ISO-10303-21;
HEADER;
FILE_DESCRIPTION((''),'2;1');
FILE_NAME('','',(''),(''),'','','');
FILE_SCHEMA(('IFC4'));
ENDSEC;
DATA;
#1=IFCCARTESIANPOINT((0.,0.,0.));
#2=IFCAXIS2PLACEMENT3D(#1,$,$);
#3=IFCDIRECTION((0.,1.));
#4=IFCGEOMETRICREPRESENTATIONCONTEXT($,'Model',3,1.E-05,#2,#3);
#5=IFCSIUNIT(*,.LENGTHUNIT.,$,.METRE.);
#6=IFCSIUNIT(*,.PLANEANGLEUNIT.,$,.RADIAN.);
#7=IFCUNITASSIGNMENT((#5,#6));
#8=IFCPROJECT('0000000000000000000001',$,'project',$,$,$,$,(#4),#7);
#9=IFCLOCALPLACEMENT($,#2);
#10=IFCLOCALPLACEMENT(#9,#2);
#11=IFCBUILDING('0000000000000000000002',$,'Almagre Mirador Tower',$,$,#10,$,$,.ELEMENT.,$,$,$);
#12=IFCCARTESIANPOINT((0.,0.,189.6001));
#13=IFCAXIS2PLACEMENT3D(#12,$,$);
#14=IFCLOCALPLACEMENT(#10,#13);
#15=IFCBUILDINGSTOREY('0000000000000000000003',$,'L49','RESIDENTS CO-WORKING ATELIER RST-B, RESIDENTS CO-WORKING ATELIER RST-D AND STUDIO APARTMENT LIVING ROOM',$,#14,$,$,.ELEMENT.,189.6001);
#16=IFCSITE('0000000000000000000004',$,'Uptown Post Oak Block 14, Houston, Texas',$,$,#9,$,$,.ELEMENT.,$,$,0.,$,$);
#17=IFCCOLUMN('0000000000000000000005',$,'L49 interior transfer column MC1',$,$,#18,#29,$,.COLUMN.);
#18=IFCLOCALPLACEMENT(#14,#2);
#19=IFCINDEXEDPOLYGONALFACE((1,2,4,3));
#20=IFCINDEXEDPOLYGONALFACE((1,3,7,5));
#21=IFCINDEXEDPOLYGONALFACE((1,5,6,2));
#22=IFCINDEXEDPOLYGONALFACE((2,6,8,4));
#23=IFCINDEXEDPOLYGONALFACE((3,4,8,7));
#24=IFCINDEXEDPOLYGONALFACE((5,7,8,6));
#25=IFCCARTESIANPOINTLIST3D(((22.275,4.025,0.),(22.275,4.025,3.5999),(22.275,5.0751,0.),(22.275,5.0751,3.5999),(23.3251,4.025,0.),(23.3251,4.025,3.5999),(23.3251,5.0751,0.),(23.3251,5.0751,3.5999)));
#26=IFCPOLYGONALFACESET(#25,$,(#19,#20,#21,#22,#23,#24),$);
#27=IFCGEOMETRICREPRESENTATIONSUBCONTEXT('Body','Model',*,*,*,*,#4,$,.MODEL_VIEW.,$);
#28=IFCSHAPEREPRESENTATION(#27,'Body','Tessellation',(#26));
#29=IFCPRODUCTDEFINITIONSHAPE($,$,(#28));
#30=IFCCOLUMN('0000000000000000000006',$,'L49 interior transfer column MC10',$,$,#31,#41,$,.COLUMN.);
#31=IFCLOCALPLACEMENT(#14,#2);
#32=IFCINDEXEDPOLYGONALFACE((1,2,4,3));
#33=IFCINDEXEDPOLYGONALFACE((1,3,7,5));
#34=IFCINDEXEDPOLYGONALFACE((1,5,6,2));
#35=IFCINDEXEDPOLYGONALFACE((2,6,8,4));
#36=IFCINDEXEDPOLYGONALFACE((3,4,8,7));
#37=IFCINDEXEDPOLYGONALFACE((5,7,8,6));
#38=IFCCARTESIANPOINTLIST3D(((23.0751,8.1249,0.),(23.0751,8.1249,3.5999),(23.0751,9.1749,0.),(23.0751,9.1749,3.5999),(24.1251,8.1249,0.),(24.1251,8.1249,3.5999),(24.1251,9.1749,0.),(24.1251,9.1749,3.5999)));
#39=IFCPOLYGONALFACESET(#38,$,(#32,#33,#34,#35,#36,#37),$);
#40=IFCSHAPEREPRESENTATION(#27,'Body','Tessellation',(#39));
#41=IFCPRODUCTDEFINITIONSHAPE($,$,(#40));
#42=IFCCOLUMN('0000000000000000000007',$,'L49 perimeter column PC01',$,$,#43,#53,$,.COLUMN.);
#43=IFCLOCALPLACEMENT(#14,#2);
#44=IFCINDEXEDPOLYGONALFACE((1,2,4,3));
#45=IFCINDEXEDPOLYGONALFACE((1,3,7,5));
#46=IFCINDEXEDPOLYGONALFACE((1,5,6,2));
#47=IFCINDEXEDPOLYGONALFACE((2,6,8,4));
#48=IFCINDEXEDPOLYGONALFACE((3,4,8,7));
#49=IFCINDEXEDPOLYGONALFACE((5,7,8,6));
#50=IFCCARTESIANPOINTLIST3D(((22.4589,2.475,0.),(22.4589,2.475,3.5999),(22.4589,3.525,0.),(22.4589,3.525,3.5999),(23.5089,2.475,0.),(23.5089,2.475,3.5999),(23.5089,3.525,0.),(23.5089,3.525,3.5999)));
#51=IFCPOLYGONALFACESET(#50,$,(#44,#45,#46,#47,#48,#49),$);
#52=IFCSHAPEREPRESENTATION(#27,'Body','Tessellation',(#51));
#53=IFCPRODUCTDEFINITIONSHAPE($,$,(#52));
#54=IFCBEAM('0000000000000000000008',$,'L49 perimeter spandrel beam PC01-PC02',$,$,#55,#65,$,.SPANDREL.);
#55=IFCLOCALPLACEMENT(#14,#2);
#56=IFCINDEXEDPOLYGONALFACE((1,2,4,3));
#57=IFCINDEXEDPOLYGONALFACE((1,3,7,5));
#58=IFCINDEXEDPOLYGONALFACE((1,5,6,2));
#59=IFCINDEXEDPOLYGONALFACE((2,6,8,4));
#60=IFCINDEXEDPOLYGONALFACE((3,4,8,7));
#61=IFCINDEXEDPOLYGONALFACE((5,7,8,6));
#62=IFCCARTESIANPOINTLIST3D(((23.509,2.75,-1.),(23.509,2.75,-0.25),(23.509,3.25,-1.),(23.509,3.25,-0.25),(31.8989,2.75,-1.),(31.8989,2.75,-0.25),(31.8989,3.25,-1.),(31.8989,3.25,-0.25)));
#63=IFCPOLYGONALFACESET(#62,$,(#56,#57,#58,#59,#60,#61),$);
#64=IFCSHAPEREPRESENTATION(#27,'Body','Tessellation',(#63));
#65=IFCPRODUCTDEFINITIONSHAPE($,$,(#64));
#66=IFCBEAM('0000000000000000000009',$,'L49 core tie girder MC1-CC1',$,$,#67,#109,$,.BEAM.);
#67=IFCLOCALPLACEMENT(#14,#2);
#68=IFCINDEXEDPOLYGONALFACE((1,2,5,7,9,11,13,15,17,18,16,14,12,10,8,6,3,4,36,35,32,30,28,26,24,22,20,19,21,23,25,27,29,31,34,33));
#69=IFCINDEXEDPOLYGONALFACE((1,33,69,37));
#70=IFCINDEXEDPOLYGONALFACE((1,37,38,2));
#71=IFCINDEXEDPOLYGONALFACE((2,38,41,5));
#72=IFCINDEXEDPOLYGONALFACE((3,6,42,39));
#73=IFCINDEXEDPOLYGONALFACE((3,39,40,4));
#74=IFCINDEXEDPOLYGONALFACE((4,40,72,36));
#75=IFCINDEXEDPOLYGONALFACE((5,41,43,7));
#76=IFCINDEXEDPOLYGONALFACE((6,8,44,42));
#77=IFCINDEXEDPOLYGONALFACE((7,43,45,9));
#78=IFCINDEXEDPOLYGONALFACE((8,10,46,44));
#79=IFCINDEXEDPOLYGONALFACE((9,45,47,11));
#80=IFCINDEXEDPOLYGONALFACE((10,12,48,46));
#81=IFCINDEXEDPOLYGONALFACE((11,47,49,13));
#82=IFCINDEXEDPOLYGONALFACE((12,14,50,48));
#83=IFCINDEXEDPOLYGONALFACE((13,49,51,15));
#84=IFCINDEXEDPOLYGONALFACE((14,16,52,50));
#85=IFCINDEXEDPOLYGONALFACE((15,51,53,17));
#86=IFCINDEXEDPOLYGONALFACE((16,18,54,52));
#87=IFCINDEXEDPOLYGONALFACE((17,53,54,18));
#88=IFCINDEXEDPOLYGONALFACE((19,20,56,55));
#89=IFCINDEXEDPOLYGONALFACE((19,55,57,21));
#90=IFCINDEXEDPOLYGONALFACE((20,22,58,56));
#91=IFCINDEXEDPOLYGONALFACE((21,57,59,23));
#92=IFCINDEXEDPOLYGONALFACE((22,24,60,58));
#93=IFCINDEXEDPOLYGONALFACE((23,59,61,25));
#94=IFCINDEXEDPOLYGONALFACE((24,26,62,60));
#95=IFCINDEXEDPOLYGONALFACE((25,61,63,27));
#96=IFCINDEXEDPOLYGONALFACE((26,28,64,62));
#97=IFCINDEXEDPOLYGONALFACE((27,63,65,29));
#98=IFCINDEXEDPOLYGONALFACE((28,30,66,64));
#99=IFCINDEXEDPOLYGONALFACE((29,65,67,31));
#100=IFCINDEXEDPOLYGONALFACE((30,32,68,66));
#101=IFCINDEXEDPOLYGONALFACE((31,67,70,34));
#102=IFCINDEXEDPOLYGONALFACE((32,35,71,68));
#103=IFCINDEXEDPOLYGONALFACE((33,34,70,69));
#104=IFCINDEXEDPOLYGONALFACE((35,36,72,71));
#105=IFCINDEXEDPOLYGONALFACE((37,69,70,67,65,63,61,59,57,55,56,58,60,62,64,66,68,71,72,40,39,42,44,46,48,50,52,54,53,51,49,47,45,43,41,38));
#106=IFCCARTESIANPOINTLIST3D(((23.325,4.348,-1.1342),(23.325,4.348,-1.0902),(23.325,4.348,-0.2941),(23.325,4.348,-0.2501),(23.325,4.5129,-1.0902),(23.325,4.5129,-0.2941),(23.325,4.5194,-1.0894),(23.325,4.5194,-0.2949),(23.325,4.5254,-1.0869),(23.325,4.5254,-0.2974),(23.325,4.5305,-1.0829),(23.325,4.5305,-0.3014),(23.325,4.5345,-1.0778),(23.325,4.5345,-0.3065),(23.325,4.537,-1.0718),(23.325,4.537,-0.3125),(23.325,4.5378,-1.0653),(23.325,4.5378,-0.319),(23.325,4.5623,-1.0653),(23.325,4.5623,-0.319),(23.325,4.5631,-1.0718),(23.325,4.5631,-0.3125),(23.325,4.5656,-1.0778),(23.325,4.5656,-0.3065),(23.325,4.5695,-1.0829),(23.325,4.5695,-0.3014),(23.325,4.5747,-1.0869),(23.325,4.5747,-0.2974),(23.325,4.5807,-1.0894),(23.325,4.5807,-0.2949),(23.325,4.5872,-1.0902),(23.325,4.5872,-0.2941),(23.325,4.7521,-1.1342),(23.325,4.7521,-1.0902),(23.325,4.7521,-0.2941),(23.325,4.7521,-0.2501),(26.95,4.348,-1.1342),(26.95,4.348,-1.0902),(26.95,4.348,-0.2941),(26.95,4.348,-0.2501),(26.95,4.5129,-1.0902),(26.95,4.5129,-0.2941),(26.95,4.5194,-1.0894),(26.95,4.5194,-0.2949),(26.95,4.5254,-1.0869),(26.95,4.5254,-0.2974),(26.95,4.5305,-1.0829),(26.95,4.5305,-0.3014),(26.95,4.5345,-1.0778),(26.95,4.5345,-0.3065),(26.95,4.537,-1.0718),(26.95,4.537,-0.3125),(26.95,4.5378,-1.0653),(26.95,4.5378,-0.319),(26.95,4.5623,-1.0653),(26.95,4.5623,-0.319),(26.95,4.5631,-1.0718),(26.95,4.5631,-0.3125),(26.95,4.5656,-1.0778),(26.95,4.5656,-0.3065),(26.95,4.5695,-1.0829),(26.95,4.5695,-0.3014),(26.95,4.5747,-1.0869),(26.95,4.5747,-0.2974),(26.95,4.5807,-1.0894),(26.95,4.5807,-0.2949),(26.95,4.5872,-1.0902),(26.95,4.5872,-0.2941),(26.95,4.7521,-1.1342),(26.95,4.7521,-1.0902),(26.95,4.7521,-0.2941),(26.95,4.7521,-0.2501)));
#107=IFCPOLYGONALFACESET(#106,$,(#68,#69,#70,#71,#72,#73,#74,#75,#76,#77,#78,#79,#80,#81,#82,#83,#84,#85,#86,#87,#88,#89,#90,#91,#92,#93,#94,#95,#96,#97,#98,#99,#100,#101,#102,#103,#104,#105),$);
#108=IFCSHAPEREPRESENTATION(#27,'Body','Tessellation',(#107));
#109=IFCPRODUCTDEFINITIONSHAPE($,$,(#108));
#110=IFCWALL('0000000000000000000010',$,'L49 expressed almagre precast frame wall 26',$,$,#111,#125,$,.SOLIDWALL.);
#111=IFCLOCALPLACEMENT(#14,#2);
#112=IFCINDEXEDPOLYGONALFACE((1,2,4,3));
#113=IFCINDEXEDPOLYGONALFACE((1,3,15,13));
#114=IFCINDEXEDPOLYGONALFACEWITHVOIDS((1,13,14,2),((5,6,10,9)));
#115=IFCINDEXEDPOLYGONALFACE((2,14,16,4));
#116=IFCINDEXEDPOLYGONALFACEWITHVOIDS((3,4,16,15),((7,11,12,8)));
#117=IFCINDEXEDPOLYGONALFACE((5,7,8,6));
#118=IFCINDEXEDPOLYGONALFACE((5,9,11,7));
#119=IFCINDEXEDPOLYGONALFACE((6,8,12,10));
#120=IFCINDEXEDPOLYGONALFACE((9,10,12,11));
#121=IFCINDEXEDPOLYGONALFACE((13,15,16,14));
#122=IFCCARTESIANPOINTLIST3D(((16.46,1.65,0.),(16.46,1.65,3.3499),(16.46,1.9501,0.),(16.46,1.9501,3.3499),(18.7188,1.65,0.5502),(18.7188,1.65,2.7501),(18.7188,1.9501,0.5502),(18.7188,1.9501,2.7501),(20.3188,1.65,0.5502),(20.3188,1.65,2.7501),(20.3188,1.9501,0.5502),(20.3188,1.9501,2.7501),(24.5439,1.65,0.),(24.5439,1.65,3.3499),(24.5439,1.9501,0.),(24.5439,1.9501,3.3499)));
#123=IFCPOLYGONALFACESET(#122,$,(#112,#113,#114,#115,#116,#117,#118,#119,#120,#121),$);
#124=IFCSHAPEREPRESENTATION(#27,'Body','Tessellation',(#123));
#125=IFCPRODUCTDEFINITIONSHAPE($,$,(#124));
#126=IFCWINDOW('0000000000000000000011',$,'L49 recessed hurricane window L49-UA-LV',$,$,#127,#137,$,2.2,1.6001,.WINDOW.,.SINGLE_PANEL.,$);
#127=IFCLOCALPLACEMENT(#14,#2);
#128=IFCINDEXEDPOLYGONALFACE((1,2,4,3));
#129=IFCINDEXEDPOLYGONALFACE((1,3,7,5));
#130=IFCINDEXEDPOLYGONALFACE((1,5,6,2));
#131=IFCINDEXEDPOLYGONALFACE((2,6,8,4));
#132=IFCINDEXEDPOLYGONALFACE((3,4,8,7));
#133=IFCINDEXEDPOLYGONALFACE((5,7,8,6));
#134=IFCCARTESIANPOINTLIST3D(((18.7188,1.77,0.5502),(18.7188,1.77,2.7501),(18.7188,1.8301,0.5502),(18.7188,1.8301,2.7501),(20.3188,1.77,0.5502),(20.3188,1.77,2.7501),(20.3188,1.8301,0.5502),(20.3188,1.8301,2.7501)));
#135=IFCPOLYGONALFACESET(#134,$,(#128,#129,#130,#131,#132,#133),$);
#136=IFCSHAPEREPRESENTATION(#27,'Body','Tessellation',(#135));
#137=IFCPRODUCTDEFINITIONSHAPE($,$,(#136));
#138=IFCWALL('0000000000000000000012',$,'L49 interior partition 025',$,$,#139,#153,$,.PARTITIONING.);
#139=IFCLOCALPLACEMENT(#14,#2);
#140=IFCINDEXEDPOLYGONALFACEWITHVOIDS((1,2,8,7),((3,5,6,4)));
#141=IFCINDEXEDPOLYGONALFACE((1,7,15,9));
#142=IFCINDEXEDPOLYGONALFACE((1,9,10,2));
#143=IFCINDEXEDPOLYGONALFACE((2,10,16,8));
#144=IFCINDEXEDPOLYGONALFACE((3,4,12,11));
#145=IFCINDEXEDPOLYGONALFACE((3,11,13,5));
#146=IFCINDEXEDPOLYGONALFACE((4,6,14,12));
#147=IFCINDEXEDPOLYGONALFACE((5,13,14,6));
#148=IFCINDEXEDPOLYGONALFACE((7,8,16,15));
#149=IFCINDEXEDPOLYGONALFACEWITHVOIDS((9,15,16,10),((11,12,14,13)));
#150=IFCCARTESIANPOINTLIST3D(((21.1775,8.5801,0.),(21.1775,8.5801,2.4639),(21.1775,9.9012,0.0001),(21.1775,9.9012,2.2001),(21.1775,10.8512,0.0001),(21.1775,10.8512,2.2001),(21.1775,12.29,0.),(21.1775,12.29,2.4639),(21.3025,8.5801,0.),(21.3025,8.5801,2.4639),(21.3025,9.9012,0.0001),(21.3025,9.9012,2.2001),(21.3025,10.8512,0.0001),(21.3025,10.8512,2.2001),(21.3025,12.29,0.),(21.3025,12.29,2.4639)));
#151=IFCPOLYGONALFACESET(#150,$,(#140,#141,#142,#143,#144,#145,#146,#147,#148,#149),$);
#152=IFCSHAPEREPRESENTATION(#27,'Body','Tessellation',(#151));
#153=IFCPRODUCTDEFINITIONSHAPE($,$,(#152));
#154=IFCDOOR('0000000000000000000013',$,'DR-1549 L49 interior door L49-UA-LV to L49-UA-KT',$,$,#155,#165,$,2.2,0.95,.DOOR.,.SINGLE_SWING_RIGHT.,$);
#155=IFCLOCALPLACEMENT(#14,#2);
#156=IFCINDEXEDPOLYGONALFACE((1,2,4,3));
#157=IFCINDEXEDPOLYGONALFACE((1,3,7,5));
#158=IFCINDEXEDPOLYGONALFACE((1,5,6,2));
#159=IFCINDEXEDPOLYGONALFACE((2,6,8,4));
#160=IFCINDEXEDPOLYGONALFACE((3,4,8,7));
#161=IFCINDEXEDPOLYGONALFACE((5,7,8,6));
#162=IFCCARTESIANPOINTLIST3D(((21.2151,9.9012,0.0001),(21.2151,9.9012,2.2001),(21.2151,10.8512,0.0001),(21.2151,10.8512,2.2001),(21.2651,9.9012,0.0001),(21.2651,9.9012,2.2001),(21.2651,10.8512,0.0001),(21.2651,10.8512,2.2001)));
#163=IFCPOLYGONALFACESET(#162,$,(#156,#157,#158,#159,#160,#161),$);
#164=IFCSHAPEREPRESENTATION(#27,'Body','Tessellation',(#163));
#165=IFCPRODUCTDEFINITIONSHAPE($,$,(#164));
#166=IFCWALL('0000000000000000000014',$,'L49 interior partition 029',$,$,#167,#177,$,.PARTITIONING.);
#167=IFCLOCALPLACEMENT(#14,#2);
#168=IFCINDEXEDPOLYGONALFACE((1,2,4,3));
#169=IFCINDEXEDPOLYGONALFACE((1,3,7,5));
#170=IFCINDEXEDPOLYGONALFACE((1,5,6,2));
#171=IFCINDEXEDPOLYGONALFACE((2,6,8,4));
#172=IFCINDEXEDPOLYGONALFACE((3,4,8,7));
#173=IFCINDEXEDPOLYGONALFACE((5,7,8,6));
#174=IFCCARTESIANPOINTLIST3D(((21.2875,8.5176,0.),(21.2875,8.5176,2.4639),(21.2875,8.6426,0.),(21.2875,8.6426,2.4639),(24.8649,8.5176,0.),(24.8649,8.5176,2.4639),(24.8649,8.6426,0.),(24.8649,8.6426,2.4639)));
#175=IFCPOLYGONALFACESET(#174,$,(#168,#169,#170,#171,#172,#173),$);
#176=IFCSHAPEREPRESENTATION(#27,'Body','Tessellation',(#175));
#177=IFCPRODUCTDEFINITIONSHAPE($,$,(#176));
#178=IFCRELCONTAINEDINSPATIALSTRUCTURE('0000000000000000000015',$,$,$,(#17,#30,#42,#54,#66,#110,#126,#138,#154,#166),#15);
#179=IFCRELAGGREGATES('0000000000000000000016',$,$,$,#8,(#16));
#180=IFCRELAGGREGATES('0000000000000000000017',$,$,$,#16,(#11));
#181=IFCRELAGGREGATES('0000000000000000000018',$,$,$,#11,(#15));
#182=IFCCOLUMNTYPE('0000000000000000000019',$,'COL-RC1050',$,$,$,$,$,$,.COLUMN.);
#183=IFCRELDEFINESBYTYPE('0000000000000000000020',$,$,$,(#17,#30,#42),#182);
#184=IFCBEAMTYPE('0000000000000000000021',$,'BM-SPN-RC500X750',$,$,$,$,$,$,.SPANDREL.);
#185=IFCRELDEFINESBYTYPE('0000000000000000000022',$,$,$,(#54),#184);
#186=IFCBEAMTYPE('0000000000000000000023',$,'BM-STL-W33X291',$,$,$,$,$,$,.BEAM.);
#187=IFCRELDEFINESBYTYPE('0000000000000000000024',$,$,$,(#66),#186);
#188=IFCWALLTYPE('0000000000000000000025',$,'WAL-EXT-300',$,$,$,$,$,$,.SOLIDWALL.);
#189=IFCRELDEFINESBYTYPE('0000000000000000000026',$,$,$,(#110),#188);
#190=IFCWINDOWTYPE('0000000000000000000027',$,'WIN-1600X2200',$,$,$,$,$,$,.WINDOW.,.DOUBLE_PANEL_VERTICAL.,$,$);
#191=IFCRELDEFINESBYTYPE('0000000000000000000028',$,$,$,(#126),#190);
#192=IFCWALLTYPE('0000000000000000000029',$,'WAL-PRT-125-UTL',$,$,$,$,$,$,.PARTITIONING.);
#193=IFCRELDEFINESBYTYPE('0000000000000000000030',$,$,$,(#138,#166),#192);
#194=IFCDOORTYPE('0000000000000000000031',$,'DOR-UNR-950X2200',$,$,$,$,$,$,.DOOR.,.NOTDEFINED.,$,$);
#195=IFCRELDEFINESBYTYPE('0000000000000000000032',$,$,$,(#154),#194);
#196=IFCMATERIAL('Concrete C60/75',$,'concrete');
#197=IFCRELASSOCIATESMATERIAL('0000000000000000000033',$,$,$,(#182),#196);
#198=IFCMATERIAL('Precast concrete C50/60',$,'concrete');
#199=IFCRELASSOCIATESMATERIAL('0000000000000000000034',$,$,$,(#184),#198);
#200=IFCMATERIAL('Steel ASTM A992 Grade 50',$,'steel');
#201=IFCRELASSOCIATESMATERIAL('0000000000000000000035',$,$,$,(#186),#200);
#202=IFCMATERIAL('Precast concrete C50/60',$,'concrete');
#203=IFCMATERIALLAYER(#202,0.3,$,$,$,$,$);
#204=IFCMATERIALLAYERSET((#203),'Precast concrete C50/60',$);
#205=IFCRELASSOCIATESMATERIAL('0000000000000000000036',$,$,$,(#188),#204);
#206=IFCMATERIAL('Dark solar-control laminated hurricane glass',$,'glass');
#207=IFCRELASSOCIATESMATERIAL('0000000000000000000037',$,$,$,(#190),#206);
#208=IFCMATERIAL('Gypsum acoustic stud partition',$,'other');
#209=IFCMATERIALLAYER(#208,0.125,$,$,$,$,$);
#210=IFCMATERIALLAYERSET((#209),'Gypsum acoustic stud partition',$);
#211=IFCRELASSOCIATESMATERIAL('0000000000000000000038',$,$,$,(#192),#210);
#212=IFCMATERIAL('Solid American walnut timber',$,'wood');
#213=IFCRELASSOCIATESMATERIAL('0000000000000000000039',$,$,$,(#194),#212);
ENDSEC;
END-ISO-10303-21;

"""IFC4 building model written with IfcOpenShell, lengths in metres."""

from ifc_helpers import new_model, si_unit, direction, frame, frame_2d, origin, origin_2d, place, context, subcontext, project, spatial, rectangle, i_section, extrude, material, layer, layer_set, material_profile, profile_set, type_object, element, fill, save


model = new_model("IFC4")

# Units and contexts
model_context = context("Model", 3, precision=1e-05, world=origin(), true_north=direction((0.0, 1.0)))
body_context = subcontext(model_context, "Body", "Model", "MODEL_VIEW")
ifc_project = project(units=[si_unit("LENGTHUNIT", "METRE"), si_unit("PLANEANGLEUNIT", "RADIAN")], contexts=[model_context])

# Site, building, storey
site_placement = place(None, origin())
site = spatial("IfcSite", under=ifc_project, at=site_placement, Name="Uptown Post Oak Block 14, Houston, Texas", CompositionType="ELEMENT", RefElevation=0.0)
building_placement = place(site_placement, origin())
building = spatial("IfcBuilding", under=site, at=building_placement, Name="Almagre Mirador Tower", CompositionType="ELEMENT")
storey_placement = place(building_placement, frame((0.0, 0.0, 189.6001)))
storey = spatial("IfcBuildingStorey", under=building, at=storey_placement, Name="L49", Description="RESIDENTS CO-WORKING ATELIER RST-B, RESIDENTS CO-WORKING ATELIER RST-D AND STUDIO APARTMENT LIVING ROOM", CompositionType="ELEMENT", Elevation=189.6001)

# Columns
ifc_material_1 = material(Name="Concrete C60/75", Category="concrete")
ifc_material_profile_1 = material_profile(ifc_material_1, rectangle(XDim=1.05, YDim=1.05, at=origin_2d()), Name="RC1050X1050")
ifc_profile_set_1 = profile_set([ifc_material_profile_1], Name="Concrete C60/75")
column_type = type_object("IfcColumnType", Name="COL-RC1050", PredefinedType="COLUMN", material=ifc_profile_set_1)
for number, where, z_axis, x_axis, name in (
    (1, (22.8, 4.55, 0.0), (0.0, 0.0, 1.0), (1.0, 0.0, 0.0), "L49 interior transfer column MC1"),
    (2, (23.6001, 8.6499, 0.0), (0.0, 0.0, 1.0), (1.0, 0.0, 0.0), "L49 interior transfer column MC10"),
    (3, (22.9839, 3.0, 0.0), (0.0, 0.0, 1.0), (1.0, 0.0, 0.0), "L49 perimeter column PC01"),
):
    element("IfcColumn", number, at=place(storey_placement, frame(where, z_axis=z_axis, x_axis=x_axis)), inside=storey, type_object=column_type, Name=name, PredefinedType="COLUMN", context=body_context, shape_type="SweptSolid", body=[
        extrude(rectangle(XDim=1.05, YDim=1.05, at=origin_2d()), origin(), (0.0, 0.0, 1.0), 3.5999),
    ])

# Beams
ifc_material_2 = material(Name="Precast concrete C50/60", Category="concrete")
ifc_material_profile_2 = material_profile(ifc_material_2, rectangle(XDim=0.5, YDim=0.75, at=origin_2d()), Name="RC500X750")
ifc_profile_set_2 = profile_set([ifc_material_profile_2], Name="Precast concrete C50/60")
beam_type_1 = type_object("IfcBeamType", Name="BM-SPN-RC500X750", PredefinedType="SPANDREL", material=ifc_profile_set_2)
beam_1_placement = place(storey_placement, frame((23.509, 3.0, -0.625), z_axis=(1.0, 0.0, 0.0), x_axis=(0.0, 1.0, 0.0)))
element("IfcBeam", 4, at=beam_1_placement, inside=storey, type_object=beam_type_1, Name="L49 perimeter spandrel beam PC01-PC02", PredefinedType="SPANDREL", context=body_context, shape_type="SweptSolid", body=[
    extrude(rectangle(XDim=0.5, YDim=0.75, at=origin_2d()), origin(), (0.0, 0.0, 1.0), 8.3899),
])
ifc_material_3 = material(Name="Steel ASTM A992 Grade 50", Category="steel")
ifc_material_profile_3 = material_profile(ifc_material_3, i_section(OverallWidth=0.4041, OverallDepth=0.884, WebThickness=0.0244, FlangeThickness=0.0439, FilletRadius=0.0249, at=origin_2d()), Name="W33X291")
ifc_profile_set_3 = profile_set([ifc_material_profile_3], Name="Steel ASTM A992 Grade 50")
beam_type_2 = type_object("IfcBeamType", Name="BM-STL-W33X291", PredefinedType="BEAM", material=ifc_profile_set_3)
beam_2_placement = place(storey_placement, frame((23.325, 4.55, -0.6921), z_axis=(1.0, 0.0, 0.0), x_axis=(0.0, 1.0, 0.0)))
element("IfcBeam", 5, at=beam_2_placement, inside=storey, type_object=beam_type_2, Name="L49 core tie girder MC1-CC1", PredefinedType="BEAM", context=body_context, shape_type="SweptSolid", body=[
    extrude(i_section(OverallWidth=0.4041, OverallDepth=0.884, WebThickness=0.0244, FlangeThickness=0.0439, FilletRadius=0.0249, at=origin_2d()), origin(), (0.0, 0.0, 1.0), 3.625),
])

# Wall, opening, window
ifc_material_4 = material(Name="Precast concrete C50/60", Category="concrete")
ifc_layer_1 = layer(ifc_material_4, 0.3)
ifc_layer_set_1 = layer_set([ifc_layer_1], Name="Precast concrete C50/60")
wall_type_1 = type_object("IfcWallType", Name="WAL-EXT-300", PredefinedType="SOLIDWALL", material=ifc_layer_set_1)
wall_1_placement = place(storey_placement, frame((24.5439, 1.8, 0.0), z_axis=(0.0, 0.0, 1.0), x_axis=(-1.0, 0.0, 0.0)))
wall_1 = element("IfcWall", 6, at=wall_1_placement, inside=storey, type_object=wall_type_1, Name="L49 expressed almagre precast frame wall 26", PredefinedType="SOLIDWALL", context=body_context, shape_type="SweptSolid", body=[
    extrude(rectangle(XDim=8.084, YDim=0.3, at=frame_2d((4.042, 0.0))), origin(), (0.0, 0.0, 1.0), 3.3499),
])
opening_1_placement = place(wall_1_placement, frame((4.2251, 0.0, 0.55)))
opening_1 = element("IfcOpeningElement", 7, at=opening_1_placement, cuts=wall_1, PredefinedType="OPENING", context=body_context, shape_type="SweptSolid", body=[
    extrude(rectangle(XDim=1.6001, YDim=2.2, at=frame_2d((0.8, 1.1001))), frame((0.0, 0.1599, 0.0), z_axis=(0.0, -1.0, 0.0), x_axis=(1.0, 0.0, 0.0)), (0.0, 0.0, 1.0), 0.32),
])
ifc_material_5 = material(Name="Dark solar-control laminated hurricane glass", Category="glass")
window_type = type_object("IfcWindowType", Name="WIN-1600X2200", PartitioningType="DOUBLE_PANEL_VERTICAL", PredefinedType="WINDOW", material=ifc_material_5)
window_placement = place(opening_1_placement, origin())
window = element("IfcWindow", 8, at=window_placement, inside=storey, type_object=window_type, Name="L49 recessed hurricane window L49-UA-LV", OverallHeight=2.2, OverallWidth=1.6001, PartitioningType="SINGLE_PANEL", PredefinedType="WINDOW", context=body_context, shape_type="SweptSolid", body=[
    extrude(rectangle(XDim=1.6001, YDim=2.2, at=frame_2d((0.8, 1.1001))), frame((0.0, 0.03, 0.0), z_axis=(0.0, -1.0, 0.0), x_axis=(1.0, 0.0, 0.0)), (0.0, 0.0, 1.0), 0.0601),
])
fill(opening_1, window)

# Wall, opening, door
ifc_material_6 = material(Name="Gypsum acoustic stud partition", Category="other")
ifc_layer_2 = layer(ifc_material_6, 0.125)
ifc_layer_set_2 = layer_set([ifc_layer_2], Name="Gypsum acoustic stud partition")
wall_type_2 = type_object("IfcWallType", Name="WAL-PRT-125-UTL", PredefinedType="PARTITIONING", material=ifc_layer_set_2)
wall_2_placement = place(storey_placement, frame((21.24, 8.5801, 0.0), z_axis=(0.0, 0.0, 1.0), x_axis=(0.0, 1.0, 0.0)))
wall_2 = element("IfcWall", 9, at=wall_2_placement, inside=storey, type_object=wall_type_2, Name="L49 interior partition 025", PredefinedType="PARTITIONING", context=body_context, shape_type="SweptSolid", body=[
    extrude(rectangle(XDim=3.71, YDim=0.125, at=frame_2d((1.855, 0.0))), origin(), (0.0, 0.0, 1.0), 2.4639),
])
opening_2_placement = place(wall_2_placement, frame((1.321, 0.0, 0.0)))
opening_2 = element("IfcOpeningElement", 10, at=opening_2_placement, cuts=wall_2, PredefinedType="OPENING", context=body_context, shape_type="SweptSolid", body=[
    extrude(rectangle(XDim=0.95, YDim=2.2, at=frame_2d((0.4751, 1.1001))), frame((0.0, 0.0725, 0.0), z_axis=(0.0, -1.0, 0.0), x_axis=(1.0, 0.0, 0.0)), (0.0, 0.0, 1.0), 0.145),
])
ifc_material_7 = material(Name="Solid American walnut timber", Category="wood")
door_type = type_object("IfcDoorType", Name="DOR-UNR-950X2200", OperationType="NOTDEFINED", PredefinedType="DOOR", material=ifc_material_7)
door_placement = place(opening_2_placement, origin())
door = element("IfcDoor", 11, at=door_placement, inside=storey, type_object=door_type, Name="DR-1549 L49 interior door L49-UA-LV to L49-UA-KT", OperationType="SINGLE_SWING_RIGHT", OverallHeight=2.2, OverallWidth=0.95, PredefinedType="DOOR", context=body_context, shape_type="SweptSolid", body=[
    extrude(rectangle(XDim=0.95, YDim=2.2, at=frame_2d((0.4751, 1.1001))), frame((0.0, 0.0249, 0.0), z_axis=(0.0, -1.0, 0.0), x_axis=(1.0, 0.0, 0.0)), (0.0, 0.0, 1.0), 0.05),
])
fill(opening_2, door)

# Wall
wall_3_placement = place(storey_placement, frame((21.2876, 8.5801, 0.0), z_axis=(0.0, 0.0, 1.0), x_axis=(1.0, 0.0, 0.0)))
element("IfcWall", 12, at=wall_3_placement, inside=storey, type_object=wall_type_2, Name="L49 interior partition 029", PredefinedType="PARTITIONING", context=body_context, shape_type="SweptSolid", body=[
    extrude(rectangle(XDim=3.5774, YDim=0.125, at=frame_2d((1.7886, 0.0))), origin(), (0.0, 0.0, 1.0), 2.4639),
])

save(model, "model.ifc")
